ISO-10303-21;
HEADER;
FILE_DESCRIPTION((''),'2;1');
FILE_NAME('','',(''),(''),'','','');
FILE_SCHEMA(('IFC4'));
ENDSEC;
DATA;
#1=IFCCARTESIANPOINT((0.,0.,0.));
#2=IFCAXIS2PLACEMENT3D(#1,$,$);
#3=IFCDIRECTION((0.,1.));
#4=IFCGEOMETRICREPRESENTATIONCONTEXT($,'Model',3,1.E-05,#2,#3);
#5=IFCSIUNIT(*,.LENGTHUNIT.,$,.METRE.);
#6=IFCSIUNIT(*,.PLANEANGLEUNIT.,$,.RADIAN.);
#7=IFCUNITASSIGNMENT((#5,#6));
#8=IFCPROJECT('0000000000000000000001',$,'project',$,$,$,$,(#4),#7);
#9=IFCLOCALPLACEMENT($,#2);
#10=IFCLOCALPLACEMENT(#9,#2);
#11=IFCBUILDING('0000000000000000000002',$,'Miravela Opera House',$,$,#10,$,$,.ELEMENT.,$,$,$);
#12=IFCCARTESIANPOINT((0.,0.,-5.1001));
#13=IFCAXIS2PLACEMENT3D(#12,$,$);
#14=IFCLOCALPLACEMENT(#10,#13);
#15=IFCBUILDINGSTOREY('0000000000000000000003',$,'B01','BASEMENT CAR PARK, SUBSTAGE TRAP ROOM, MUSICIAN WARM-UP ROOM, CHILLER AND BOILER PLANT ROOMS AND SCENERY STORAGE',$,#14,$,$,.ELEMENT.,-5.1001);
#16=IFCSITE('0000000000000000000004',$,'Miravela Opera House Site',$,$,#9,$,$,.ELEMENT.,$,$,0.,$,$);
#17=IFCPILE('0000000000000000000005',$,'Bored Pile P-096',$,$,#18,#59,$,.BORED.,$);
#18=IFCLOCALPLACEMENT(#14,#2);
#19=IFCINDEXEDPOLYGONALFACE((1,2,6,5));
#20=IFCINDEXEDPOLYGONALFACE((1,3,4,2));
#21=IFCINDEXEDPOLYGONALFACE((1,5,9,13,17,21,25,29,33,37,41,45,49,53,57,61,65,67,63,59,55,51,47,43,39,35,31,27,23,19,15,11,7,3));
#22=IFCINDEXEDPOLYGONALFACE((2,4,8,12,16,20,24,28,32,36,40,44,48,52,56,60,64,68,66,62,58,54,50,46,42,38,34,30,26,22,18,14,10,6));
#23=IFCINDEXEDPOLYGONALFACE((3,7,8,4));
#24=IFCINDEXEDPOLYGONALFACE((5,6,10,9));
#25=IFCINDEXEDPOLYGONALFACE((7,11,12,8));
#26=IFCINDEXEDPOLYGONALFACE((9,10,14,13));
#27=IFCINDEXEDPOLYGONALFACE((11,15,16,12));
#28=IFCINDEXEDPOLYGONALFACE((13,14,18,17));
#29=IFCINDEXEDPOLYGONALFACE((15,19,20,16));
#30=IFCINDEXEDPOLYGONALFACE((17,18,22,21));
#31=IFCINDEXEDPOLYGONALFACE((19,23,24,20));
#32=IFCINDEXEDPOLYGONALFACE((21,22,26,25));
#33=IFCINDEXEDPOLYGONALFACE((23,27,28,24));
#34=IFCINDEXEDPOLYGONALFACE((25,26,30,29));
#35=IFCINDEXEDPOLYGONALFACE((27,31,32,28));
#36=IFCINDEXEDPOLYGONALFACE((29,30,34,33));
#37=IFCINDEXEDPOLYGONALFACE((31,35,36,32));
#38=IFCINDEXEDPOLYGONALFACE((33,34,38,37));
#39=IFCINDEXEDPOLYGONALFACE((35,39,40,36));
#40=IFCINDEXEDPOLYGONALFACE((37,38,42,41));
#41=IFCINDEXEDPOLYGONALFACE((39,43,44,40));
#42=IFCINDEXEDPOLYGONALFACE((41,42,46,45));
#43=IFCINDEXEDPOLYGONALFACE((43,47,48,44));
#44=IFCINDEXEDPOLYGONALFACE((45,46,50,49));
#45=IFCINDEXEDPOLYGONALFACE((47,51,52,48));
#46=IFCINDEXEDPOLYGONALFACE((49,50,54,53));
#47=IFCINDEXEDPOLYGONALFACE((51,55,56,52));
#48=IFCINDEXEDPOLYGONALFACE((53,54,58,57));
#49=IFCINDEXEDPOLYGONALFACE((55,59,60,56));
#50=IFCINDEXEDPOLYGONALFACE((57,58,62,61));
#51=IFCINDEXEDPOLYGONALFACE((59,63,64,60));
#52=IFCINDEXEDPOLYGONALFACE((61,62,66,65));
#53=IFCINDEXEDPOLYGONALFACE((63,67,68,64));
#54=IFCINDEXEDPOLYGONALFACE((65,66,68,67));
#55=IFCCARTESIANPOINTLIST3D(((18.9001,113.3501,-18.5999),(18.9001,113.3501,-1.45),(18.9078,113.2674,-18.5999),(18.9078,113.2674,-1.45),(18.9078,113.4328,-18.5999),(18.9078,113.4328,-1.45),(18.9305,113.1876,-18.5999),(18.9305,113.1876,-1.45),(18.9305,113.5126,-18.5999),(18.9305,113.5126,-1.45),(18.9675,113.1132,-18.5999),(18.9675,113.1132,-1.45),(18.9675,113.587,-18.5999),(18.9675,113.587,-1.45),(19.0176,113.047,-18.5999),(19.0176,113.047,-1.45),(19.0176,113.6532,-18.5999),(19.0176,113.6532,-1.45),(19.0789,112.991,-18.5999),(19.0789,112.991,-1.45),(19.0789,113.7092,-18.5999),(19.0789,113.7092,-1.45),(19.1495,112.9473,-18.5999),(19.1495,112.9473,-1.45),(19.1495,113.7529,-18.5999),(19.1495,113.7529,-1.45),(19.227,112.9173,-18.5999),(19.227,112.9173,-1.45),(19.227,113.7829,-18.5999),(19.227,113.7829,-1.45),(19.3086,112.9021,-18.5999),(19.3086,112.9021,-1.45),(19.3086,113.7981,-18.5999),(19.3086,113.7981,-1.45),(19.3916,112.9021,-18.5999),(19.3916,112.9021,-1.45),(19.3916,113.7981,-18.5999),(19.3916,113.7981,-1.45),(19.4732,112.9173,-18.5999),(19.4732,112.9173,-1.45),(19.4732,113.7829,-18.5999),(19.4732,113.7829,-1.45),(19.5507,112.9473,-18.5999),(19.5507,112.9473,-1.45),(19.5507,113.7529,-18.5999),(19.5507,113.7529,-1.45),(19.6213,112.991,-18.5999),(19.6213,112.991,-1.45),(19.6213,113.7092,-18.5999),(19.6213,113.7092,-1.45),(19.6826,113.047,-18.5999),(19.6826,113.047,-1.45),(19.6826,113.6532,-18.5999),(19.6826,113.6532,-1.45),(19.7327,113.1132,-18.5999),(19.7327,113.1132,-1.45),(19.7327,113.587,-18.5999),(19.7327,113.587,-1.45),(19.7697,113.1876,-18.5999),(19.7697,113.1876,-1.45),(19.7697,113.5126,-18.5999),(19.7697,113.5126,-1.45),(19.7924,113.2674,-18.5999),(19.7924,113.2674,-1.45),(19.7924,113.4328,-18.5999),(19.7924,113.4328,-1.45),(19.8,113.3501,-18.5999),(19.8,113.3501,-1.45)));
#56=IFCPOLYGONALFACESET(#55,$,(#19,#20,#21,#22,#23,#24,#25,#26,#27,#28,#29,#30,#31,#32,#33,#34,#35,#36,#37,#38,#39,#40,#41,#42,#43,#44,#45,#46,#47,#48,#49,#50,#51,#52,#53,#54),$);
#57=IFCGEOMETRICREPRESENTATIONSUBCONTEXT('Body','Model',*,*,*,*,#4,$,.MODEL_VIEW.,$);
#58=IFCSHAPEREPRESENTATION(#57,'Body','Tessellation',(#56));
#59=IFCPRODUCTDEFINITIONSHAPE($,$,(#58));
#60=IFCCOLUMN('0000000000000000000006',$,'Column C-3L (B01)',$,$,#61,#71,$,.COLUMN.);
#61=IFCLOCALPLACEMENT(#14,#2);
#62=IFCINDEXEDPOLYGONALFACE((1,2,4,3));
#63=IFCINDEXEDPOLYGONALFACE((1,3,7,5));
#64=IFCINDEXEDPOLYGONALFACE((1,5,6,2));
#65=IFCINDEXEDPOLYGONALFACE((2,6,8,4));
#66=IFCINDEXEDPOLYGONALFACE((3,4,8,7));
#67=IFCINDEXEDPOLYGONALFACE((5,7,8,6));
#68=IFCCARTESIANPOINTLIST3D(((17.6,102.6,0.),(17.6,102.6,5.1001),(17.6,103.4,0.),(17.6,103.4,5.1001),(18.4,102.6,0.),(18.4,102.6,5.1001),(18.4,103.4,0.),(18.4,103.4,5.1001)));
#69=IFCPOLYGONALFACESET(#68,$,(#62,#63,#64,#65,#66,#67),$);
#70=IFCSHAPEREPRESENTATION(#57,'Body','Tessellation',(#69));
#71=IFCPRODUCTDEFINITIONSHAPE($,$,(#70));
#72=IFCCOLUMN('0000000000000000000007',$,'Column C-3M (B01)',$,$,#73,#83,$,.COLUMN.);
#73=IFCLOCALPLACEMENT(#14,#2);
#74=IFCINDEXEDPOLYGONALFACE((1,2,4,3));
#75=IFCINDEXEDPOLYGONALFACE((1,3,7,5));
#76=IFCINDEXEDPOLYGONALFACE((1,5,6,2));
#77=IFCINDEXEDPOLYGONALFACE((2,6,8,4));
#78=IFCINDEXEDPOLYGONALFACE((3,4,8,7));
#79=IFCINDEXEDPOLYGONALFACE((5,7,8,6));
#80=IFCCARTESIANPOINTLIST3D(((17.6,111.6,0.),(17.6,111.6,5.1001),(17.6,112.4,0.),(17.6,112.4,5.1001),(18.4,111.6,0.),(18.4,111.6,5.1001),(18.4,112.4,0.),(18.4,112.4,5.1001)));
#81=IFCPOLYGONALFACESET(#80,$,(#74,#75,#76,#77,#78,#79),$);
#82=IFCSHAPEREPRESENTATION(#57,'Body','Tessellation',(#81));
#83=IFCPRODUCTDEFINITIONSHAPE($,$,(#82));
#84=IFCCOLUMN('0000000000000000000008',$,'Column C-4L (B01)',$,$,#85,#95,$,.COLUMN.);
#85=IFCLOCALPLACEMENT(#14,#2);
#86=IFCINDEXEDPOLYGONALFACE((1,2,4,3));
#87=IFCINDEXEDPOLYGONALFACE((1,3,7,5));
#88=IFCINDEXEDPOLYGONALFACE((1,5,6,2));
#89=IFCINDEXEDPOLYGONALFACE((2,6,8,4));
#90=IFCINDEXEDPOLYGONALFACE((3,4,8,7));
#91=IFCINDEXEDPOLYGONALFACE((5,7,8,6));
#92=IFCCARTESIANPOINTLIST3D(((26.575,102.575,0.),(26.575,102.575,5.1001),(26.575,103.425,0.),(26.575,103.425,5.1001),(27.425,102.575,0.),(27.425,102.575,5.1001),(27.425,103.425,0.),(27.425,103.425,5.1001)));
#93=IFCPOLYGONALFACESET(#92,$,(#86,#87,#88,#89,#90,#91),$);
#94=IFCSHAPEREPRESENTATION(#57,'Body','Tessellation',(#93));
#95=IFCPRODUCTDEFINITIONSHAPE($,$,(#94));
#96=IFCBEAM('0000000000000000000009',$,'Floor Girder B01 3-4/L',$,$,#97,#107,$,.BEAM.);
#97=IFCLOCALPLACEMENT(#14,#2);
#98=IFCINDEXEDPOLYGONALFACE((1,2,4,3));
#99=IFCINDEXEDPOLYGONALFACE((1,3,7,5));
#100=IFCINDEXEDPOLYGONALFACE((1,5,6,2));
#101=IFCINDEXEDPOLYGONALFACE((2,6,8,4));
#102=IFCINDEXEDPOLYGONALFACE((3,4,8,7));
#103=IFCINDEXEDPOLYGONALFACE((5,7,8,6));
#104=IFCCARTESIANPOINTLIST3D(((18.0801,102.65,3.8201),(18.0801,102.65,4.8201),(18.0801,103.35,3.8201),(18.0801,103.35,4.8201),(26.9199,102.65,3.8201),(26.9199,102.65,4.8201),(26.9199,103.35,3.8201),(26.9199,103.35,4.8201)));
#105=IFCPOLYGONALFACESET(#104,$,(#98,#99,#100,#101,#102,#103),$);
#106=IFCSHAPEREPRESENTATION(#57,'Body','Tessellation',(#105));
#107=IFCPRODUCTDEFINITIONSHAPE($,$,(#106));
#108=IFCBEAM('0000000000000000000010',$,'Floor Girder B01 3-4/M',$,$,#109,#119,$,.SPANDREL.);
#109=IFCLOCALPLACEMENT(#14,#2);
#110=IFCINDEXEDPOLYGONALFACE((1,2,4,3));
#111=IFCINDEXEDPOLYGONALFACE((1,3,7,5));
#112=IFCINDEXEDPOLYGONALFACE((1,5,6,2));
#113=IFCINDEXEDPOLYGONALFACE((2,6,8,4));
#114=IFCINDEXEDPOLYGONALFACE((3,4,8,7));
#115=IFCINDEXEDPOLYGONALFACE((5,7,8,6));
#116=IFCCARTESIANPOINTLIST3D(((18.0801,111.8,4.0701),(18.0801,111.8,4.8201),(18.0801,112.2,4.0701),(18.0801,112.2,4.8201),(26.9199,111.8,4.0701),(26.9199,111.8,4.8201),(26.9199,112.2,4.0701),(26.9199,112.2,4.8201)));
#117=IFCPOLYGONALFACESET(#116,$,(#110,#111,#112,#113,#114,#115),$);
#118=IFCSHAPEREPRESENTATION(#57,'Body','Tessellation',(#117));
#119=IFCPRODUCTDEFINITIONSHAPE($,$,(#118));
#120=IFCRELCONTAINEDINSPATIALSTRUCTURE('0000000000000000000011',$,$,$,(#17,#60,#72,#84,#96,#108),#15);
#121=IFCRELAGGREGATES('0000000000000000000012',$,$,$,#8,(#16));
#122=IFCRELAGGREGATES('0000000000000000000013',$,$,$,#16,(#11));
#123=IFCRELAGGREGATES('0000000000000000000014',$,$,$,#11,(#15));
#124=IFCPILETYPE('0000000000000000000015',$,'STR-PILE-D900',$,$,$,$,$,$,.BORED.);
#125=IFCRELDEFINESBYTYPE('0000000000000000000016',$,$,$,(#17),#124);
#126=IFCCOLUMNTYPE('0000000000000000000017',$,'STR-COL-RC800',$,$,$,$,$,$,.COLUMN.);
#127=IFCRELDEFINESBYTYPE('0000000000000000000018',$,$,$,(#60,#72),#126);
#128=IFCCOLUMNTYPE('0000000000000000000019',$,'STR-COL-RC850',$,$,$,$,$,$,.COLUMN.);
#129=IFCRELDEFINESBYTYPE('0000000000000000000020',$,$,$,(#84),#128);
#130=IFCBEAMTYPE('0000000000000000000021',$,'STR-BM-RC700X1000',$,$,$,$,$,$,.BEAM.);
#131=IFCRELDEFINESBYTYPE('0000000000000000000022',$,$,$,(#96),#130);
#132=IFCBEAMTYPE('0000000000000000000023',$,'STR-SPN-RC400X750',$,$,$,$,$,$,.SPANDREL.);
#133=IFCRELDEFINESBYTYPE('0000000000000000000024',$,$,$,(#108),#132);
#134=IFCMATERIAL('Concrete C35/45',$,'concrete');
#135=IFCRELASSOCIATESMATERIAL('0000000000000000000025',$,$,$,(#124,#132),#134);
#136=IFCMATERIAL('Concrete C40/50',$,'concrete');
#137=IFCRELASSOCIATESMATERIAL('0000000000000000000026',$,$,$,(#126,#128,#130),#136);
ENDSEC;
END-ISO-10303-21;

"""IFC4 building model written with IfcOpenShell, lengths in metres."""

from ifc_helpers import new_model, si_unit, direction, frame, origin, origin_2d, place, context, subcontext, project, spatial, rectangle, circle, extrude, material, material_profile, profile_set, type_object, element, save


model = new_model("IFC4")

# Units and contexts
model_context = context("Model", 3, precision=1e-05, world=origin(), true_north=direction((0.0, 1.0)))
body_context = subcontext(model_context, "Body", "Model", "MODEL_VIEW")
ifc_project = project(units=[si_unit("LENGTHUNIT", "METRE"), si_unit("PLANEANGLEUNIT", "RADIAN")], contexts=[model_context])

# Site, building, storey
site_placement = place(None, origin())
site = spatial("IfcSite", under=ifc_project, at=site_placement, Name="Miravela Opera House Site", CompositionType="ELEMENT", RefElevation=0.0)
building_placement = place(site_placement, origin())
building = spatial("IfcBuilding", under=site, at=building_placement, Name="Miravela Opera House", CompositionType="ELEMENT")
storey_placement = place(building_placement, frame((0.0, 0.0, -5.1001)))
storey = spatial("IfcBuildingStorey", under=building, at=storey_placement, Name="B01", Description="BASEMENT CAR PARK, SUBSTAGE TRAP ROOM, MUSICIAN WARM-UP ROOM, CHILLER AND BOILER PLANT ROOMS AND SCENERY STORAGE", CompositionType="ELEMENT", Elevation=-5.1001)

# Shared definitions
ifc_material_1 = material(Name="Concrete C35/45", Category="concrete")

# Pile
ifc_material_profile_1 = material_profile(ifc_material_1, circle(Radius=0.45, at=origin_2d()), Name="PILE-D900")
ifc_profile_set_1 = profile_set([ifc_material_profile_1])
pile_type_1 = type_object("IfcPileType", Name="STR-PILE-D900", PredefinedType="BORED", material=ifc_profile_set_1)
for number, where, z_axis, x_axis, name in (
    (1, (19.3501, 113.3501, -1.45), (0.0, 0.0, -1.0), (1.0, 0.0, 0.0), "Bored Pile P-096"),
):
    element("IfcPile", number, at=place(storey_placement, frame(where, z_axis=z_axis, x_axis=x_axis)), inside=storey, type_object=pile_type_1, Name=name, PredefinedType="BORED", context=body_context, shape_type="SweptSolid", body=[
        extrude(circle(Radius=0.45, at=origin_2d()), origin(), (0.0, 0.0, 1.0), 17.1499),
    ])

# Columns
ifc_material_2 = material(Name="Concrete C40/50", Category="concrete")
ifc_material_profile_2 = material_profile(ifc_material_2, rectangle(XDim=0.8, YDim=0.8, at=origin_2d()), Name="RC-COL-800X800")
ifc_profile_set_2 = profile_set([ifc_material_profile_2])
column_type_1 = type_object("IfcColumnType", Name="STR-COL-RC800", PredefinedType="COLUMN", material=ifc_profile_set_2)
for number, where, z_axis, x_axis, name in (
    (2, (18.0, 103.0, 0.0), (0.0, 0.0, 1.0), (1.0, 0.0, 0.0), "Column C-3L (B01)"),
    (3, (18.0, 112.0, 0.0), (0.0, 0.0, 1.0), (1.0, 0.0, 0.0), "Column C-3M (B01)"),
):
    element("IfcColumn", number, at=place(storey_placement, frame(where, z_axis=z_axis, x_axis=x_axis)), inside=storey, type_object=column_type_1, Name=name, PredefinedType="COLUMN", context=body_context, shape_type="SweptSolid", body=[
        extrude(rectangle(XDim=0.8, YDim=0.8, at=origin_2d()), origin(), (0.0, 0.0, 1.0), 5.1001),
    ])
ifc_material_profile_3 = material_profile(ifc_material_2, rectangle(XDim=0.8501, YDim=0.8501, at=origin_2d()), Name="RC-COL-850X850")
ifc_profile_set_3 = profile_set([ifc_material_profile_3])
column_type_2 = type_object("IfcColumnType", Name="STR-COL-RC850", PredefinedType="COLUMN", material=ifc_profile_set_3)
column_placement = place(storey_placement, frame((27.0, 103.0, 0.0), z_axis=(0.0, 0.0, 1.0), x_axis=(1.0, 0.0, 0.0)))
element("IfcColumn", 4, at=column_placement, inside=storey, type_object=column_type_2, Name="Column C-4L (B01)", PredefinedType="COLUMN", context=body_context, shape_type="SweptSolid", body=[
    extrude(rectangle(XDim=0.8501, YDim=0.8501, at=origin_2d()), origin(), (0.0, 0.0, 1.0), 5.1001),
])

# Beams
ifc_material_profile_4 = material_profile(ifc_material_2, rectangle(XDim=0.7, YDim=1.0, at=origin_2d()), Name="RC-BM-700X1000")
ifc_profile_set_4 = profile_set([ifc_material_profile_4])
beam_type_1 = type_object("IfcBeamType", Name="STR-BM-RC700X1000", PredefinedType="BEAM", material=ifc_profile_set_4)
beam_1_placement = place(storey_placement, frame((18.0801, 103.0, 4.3201), z_axis=(1.0, 0.0, 0.0), x_axis=(0.0, 1.0, 0.0)))
element("IfcBeam", 5, at=beam_1_placement, inside=storey, type_object=beam_type_1, Name="Floor Girder B01 3-4/L", PredefinedType="BEAM", context=body_context, shape_type="SweptSolid", body=[
    extrude(rectangle(XDim=0.7, YDim=1.0, at=origin_2d()), origin(), (0.0, 0.0, 1.0), 8.8398),
])
ifc_material_profile_5 = material_profile(ifc_material_1, rectangle(XDim=0.3999, YDim=0.75, at=origin_2d()), Name="RC-SPN-400X750")
ifc_profile_set_5 = profile_set([ifc_material_profile_5])
beam_type_2 = type_object("IfcBeamType", Name="STR-SPN-RC400X750", PredefinedType="SPANDREL", material=ifc_profile_set_5)
beam_2_placement = place(storey_placement, frame((18.0801, 112.0, 4.4451), z_axis=(1.0, 0.0, 0.0), x_axis=(0.0, 1.0, 0.0)))
element("IfcBeam", 6, at=beam_2_placement, inside=storey, type_object=beam_type_2, Name="Floor Girder B01 3-4/M", PredefinedType="SPANDREL", context=body_context, shape_type="SweptSolid", body=[
    extrude(rectangle(XDim=0.3999, YDim=0.75, at=origin_2d()), origin(), (0.0, 0.0, 1.0), 8.8398),
])

save(model, "model.ifc")
